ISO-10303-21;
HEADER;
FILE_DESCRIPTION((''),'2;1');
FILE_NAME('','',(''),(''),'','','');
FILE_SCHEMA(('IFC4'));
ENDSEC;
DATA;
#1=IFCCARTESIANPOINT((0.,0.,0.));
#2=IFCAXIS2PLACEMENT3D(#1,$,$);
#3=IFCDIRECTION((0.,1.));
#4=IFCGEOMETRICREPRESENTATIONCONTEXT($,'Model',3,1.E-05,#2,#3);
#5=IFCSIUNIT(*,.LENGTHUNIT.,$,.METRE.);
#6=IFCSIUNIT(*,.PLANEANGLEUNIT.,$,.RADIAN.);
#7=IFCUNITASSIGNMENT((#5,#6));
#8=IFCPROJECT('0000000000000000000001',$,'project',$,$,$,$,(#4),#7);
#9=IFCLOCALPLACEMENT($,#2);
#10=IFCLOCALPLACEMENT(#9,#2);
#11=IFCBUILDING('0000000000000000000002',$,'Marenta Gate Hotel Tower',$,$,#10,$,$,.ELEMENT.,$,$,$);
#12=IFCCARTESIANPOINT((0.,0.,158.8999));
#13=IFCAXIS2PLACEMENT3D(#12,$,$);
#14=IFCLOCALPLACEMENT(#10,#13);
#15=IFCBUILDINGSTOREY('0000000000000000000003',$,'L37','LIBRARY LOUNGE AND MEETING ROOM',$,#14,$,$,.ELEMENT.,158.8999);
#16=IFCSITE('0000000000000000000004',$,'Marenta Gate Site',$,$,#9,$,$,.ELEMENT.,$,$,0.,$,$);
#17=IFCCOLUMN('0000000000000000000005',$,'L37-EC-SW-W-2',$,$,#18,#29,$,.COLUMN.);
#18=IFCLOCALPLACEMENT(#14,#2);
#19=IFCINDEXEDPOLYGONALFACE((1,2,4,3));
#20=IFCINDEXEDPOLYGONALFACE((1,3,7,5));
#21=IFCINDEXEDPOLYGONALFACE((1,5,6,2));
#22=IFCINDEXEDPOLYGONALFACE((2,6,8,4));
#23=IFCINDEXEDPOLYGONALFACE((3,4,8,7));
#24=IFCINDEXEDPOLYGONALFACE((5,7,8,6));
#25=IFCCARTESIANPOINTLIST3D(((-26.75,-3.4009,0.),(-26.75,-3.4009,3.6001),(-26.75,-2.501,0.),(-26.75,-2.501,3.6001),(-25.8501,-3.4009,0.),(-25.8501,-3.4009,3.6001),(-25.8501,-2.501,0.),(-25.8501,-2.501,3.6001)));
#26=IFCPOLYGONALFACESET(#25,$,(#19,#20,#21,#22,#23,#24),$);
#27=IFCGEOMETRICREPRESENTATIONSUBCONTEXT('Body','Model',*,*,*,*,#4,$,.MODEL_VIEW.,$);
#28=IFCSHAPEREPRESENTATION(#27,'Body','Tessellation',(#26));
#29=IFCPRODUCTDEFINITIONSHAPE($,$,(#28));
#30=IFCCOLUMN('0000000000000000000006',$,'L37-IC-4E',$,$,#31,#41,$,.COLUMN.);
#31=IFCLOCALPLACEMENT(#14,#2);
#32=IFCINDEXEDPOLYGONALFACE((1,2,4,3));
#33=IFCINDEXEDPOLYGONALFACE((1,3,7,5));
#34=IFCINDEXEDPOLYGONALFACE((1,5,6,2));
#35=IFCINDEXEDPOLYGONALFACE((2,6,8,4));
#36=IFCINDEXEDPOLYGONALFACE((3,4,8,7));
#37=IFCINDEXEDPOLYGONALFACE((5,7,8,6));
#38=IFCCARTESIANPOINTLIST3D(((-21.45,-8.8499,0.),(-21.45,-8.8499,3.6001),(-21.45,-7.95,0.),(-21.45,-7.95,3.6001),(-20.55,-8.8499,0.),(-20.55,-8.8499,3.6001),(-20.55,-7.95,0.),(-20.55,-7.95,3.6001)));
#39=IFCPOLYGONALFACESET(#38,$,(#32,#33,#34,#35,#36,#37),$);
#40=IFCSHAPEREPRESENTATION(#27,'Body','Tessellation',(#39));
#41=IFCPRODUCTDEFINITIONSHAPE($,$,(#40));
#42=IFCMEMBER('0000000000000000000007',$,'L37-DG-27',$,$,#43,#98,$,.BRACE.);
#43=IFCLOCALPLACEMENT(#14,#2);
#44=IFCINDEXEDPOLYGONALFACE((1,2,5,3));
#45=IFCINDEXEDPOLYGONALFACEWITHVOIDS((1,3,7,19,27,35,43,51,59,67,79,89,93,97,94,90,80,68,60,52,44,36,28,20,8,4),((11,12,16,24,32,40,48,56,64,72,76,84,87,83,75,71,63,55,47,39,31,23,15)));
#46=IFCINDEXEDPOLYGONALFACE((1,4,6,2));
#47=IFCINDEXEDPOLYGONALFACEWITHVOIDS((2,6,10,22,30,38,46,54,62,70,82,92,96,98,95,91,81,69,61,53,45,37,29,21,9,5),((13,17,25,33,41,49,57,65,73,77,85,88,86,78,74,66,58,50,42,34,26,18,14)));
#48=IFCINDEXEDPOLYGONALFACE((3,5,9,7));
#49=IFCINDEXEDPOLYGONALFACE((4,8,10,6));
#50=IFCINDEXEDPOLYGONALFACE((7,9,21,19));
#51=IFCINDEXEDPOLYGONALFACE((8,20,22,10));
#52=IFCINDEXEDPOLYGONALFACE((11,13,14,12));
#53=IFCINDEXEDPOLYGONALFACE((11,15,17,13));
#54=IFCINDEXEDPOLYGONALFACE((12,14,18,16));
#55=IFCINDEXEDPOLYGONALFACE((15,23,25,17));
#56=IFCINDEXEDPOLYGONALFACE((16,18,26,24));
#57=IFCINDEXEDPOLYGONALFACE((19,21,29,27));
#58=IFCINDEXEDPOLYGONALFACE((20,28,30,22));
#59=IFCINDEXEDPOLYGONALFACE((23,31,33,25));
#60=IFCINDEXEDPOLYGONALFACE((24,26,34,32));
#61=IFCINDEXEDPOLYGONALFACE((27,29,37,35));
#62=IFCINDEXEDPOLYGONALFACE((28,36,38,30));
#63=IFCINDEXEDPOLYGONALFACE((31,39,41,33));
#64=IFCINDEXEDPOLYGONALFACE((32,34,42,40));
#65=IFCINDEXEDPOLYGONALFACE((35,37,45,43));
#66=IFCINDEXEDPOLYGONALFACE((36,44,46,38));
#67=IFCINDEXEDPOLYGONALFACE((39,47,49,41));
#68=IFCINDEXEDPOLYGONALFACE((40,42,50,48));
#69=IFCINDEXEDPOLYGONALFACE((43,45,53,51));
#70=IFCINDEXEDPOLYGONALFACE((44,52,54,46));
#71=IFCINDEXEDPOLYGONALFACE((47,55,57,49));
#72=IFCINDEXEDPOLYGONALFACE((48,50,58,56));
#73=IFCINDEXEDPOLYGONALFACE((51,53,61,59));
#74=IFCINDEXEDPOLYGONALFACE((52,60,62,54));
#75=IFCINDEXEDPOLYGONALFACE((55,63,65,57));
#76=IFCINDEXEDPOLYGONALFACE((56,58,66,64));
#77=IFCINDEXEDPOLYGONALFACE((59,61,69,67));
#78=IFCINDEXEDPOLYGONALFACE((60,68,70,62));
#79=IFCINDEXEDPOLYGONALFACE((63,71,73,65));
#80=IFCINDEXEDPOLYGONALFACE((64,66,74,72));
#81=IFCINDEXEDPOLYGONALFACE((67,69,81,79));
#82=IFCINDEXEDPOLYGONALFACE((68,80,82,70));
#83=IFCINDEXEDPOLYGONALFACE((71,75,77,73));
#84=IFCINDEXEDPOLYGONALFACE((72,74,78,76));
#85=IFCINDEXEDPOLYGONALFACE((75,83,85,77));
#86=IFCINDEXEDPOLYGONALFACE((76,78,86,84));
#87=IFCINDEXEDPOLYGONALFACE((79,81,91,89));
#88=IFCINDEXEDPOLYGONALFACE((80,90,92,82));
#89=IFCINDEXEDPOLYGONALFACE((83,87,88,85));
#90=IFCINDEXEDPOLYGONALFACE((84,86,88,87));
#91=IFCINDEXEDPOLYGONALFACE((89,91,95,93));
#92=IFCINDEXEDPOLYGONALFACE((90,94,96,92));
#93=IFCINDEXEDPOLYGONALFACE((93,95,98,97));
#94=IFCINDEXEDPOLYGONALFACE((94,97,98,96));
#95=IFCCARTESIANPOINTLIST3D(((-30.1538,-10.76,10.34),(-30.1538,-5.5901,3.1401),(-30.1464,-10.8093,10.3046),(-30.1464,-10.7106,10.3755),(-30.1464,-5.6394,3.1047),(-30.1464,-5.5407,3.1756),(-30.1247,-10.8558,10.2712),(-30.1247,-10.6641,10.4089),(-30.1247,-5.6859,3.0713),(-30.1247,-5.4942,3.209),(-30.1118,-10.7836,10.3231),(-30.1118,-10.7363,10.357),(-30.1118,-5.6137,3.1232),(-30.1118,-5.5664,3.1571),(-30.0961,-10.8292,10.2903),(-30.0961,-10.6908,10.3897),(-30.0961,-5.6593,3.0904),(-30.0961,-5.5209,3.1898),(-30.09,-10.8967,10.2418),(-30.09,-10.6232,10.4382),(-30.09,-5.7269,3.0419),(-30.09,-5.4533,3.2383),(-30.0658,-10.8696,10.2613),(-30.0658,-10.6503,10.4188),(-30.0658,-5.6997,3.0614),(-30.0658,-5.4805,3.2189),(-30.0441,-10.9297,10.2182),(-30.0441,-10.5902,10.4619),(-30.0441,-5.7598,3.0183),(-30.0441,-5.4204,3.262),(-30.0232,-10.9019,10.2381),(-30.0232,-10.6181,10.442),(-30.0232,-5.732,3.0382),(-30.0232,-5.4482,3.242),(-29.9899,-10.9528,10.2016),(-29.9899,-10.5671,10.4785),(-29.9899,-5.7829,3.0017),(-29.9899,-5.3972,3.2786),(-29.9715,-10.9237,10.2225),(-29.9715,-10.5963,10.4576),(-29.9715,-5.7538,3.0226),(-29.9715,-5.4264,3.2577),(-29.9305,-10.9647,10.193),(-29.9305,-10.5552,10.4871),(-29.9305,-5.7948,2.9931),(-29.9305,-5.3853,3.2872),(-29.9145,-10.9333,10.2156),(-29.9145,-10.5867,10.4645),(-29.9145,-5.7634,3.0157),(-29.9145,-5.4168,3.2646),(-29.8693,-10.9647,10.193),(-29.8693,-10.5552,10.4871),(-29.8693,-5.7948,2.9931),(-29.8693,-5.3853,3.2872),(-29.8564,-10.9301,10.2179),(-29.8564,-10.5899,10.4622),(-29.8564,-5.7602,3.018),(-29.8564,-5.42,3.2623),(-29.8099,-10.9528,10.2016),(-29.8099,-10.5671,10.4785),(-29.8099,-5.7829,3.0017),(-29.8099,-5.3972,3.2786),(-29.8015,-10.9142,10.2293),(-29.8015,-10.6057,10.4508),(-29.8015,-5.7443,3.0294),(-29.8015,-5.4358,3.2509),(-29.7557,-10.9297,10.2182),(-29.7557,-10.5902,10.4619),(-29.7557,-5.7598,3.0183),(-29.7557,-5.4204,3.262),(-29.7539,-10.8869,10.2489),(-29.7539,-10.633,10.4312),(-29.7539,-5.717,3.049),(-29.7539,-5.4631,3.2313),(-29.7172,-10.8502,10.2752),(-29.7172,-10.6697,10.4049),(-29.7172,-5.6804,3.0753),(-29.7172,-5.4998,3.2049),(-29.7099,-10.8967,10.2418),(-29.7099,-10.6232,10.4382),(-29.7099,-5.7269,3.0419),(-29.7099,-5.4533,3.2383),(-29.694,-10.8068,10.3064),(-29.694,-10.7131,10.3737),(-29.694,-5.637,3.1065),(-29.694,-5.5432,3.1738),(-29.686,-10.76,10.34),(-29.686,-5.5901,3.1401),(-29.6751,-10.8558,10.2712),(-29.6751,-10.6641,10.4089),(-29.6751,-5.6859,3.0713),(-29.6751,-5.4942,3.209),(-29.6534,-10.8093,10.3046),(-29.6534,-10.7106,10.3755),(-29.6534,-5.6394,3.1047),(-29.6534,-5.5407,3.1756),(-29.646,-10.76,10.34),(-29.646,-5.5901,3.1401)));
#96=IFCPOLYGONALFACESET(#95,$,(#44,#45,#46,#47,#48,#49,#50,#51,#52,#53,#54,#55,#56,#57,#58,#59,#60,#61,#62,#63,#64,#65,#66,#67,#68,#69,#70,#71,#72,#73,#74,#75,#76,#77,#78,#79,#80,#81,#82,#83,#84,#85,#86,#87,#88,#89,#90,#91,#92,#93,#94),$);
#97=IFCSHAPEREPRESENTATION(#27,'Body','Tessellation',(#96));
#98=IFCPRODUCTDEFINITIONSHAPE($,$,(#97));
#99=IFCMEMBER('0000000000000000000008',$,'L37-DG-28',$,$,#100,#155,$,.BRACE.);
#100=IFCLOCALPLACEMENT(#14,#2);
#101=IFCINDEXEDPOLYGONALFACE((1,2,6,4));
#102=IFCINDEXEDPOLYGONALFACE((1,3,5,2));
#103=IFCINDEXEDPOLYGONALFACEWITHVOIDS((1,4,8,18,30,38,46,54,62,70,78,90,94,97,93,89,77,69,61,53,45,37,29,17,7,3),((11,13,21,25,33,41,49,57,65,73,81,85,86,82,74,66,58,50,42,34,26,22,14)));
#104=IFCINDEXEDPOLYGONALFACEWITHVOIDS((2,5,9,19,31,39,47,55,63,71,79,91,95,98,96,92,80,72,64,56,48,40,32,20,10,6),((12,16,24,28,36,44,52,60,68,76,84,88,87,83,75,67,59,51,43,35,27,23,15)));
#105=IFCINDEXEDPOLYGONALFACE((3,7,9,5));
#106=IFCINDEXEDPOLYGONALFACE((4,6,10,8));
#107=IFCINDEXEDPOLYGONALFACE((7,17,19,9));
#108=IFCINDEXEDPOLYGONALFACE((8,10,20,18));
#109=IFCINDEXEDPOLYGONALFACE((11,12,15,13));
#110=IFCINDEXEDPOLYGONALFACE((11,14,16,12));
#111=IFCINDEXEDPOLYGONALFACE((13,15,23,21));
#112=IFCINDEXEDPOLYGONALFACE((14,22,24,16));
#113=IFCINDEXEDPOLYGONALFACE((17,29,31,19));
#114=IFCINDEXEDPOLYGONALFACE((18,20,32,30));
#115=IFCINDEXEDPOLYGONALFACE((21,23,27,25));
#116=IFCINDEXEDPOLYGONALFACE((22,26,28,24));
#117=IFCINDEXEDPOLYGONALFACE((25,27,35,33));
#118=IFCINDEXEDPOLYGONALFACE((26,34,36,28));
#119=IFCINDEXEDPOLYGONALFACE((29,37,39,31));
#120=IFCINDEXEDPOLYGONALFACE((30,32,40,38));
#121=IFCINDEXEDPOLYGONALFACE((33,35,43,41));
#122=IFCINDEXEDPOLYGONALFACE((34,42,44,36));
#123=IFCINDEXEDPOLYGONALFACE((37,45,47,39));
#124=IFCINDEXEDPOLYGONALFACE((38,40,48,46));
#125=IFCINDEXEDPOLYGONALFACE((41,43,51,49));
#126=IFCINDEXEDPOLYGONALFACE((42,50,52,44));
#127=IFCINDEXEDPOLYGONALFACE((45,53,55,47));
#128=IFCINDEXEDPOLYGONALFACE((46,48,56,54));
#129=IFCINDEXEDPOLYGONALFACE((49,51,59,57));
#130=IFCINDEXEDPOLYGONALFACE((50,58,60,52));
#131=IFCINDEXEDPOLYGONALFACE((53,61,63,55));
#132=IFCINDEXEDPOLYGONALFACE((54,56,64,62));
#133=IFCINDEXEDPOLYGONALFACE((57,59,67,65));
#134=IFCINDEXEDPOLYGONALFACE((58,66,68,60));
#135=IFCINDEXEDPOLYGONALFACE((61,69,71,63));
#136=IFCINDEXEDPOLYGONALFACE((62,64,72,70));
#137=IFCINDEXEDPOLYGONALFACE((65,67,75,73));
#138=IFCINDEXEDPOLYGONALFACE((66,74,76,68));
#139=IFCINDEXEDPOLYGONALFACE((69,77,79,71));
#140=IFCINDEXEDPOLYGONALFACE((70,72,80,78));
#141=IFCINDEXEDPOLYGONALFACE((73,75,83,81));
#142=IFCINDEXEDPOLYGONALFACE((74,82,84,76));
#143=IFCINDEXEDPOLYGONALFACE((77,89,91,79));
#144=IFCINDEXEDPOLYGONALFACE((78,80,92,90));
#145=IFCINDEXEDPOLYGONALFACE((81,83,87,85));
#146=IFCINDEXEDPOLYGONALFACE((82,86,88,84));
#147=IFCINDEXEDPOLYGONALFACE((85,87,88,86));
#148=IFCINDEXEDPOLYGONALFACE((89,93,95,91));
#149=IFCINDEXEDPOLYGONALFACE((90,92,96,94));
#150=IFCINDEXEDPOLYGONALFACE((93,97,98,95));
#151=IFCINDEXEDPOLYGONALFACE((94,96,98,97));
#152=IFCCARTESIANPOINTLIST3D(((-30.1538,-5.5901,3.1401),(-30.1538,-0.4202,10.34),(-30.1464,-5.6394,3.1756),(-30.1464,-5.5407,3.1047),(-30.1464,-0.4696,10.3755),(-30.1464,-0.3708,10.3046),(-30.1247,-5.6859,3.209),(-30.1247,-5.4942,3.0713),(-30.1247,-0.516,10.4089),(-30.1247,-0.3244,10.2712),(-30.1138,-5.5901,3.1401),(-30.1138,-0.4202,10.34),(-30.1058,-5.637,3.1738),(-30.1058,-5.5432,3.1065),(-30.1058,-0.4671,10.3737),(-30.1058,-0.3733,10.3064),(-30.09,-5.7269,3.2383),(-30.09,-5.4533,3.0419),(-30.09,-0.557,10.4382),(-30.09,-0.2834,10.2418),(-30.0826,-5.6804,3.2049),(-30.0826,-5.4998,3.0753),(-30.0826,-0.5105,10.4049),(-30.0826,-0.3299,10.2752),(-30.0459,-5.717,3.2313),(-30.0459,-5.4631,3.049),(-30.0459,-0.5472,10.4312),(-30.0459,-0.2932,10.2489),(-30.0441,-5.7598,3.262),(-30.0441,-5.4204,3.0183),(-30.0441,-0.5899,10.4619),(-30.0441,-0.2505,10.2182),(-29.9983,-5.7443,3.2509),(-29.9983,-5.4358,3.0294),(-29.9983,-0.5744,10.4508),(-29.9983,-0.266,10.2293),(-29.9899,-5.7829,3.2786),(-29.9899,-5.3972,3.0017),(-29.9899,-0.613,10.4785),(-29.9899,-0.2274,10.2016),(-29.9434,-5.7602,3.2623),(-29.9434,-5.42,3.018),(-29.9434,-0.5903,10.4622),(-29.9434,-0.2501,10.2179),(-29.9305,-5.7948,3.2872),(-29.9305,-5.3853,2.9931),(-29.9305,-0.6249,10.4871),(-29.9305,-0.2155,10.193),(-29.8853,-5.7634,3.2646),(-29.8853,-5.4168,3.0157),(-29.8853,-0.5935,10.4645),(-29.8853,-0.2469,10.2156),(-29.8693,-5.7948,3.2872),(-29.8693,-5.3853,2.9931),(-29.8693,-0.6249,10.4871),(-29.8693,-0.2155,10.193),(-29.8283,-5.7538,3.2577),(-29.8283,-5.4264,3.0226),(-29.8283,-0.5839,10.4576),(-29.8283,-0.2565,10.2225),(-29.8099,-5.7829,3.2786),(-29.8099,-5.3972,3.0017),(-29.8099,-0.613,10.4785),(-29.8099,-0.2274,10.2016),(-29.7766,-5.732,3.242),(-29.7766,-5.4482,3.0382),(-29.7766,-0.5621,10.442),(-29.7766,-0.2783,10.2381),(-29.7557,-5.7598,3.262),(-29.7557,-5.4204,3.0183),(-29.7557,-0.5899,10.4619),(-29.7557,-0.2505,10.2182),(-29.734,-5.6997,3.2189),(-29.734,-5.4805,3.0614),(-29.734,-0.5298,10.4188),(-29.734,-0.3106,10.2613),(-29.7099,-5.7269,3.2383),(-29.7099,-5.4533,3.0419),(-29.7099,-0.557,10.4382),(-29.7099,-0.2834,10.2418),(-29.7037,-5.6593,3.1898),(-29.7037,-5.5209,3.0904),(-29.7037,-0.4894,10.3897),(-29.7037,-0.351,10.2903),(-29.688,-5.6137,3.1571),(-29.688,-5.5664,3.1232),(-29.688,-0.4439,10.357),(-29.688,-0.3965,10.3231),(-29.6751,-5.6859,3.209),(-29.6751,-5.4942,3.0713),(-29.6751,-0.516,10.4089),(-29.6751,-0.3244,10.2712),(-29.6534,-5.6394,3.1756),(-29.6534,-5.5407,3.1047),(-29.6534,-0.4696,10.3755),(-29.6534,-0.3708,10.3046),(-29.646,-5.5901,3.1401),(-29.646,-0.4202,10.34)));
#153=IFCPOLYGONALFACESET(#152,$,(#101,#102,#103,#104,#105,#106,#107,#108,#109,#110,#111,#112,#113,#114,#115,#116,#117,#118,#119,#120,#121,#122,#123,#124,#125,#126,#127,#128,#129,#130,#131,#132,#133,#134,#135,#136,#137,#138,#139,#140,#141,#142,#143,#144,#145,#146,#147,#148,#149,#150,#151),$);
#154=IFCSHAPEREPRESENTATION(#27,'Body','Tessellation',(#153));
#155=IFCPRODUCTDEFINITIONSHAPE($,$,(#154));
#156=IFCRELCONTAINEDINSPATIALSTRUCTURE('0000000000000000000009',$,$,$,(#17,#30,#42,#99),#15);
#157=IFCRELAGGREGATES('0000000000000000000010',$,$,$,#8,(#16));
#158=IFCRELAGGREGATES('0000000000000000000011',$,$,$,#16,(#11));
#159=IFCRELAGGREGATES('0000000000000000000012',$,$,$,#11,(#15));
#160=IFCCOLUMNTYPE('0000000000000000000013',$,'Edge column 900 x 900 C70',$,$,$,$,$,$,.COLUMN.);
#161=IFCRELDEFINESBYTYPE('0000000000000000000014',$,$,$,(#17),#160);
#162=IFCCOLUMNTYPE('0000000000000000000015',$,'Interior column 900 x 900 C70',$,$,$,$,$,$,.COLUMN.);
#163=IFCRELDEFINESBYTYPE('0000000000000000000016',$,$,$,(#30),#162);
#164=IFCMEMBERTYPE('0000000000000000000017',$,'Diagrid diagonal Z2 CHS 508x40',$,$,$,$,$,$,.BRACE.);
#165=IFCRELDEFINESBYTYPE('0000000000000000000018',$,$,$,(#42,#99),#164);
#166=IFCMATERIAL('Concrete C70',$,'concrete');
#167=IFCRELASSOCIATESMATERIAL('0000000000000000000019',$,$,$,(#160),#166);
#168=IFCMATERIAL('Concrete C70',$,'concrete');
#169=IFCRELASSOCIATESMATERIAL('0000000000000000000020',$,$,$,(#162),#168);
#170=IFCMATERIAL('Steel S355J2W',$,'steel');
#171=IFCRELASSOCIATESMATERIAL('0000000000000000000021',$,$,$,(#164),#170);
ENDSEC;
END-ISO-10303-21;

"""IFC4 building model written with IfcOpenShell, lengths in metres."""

from ifc_helpers import new_model, si_unit, direction, frame, origin, origin_2d, place, context, subcontext, project, spatial, rectangle, hollow_circle, extrude, material, material_profile, profile_set, type_object, element, save


model = new_model("IFC4")

# Units and contexts
model_context = context("Model", 3, precision=1e-05, world=origin(), true_north=direction((0.0, 1.0)))
body_context = subcontext(model_context, "Body", "Model", "MODEL_VIEW")
ifc_project = project(units=[si_unit("LENGTHUNIT", "METRE"), si_unit("PLANEANGLEUNIT", "RADIAN")], contexts=[model_context])

# Site, building, storey
site_placement = place(None, origin())
site = spatial("IfcSite", under=ifc_project, at=site_placement, Name="Marenta Gate Site", CompositionType="ELEMENT", RefElevation=0.0)
building_placement = place(site_placement, origin())
building = spatial("IfcBuilding", under=site, at=building_placement, Name="Marenta Gate Hotel Tower", CompositionType="ELEMENT")
storey_placement = place(building_placement, frame((0.0, 0.0, 158.8999)))
storey = spatial("IfcBuildingStorey", under=building, at=storey_placement, Name="L37", Description="LIBRARY LOUNGE AND MEETING ROOM", CompositionType="ELEMENT", Elevation=158.8999)

# Columns
ifc_material_1 = material(Name="Concrete C70", Category="concrete")
ifc_material_profile_1 = material_profile(ifc_material_1, rectangle(XDim=0.8999, YDim=0.8999, at=origin_2d()), Name="900 x 900")
ifc_profile_set_1 = profile_set([ifc_material_profile_1], Name="Concrete C70")
column_type_1 = type_object("IfcColumnType", Name="Edge column 900 x 900 C70", PredefinedType="COLUMN", material=ifc_profile_set_1)
column_1_placement = place(storey_placement, frame((-26.3, -2.9509, 0.0), z_axis=(0.0, 0.0, 1.0), x_axis=(1.0, 0.0, 0.0)))
element("IfcColumn", 1, at=column_1_placement, inside=storey, type_object=column_type_1, Name="L37-EC-SW-W-2", PredefinedType="COLUMN", context=body_context, shape_type="SweptSolid", body=[
    extrude(rectangle(XDim=0.8999, YDim=0.8999, at=origin_2d()), origin(), (0.0, 0.0, 1.0), 3.6001),
])
ifc_material_2 = material(Name="Concrete C70", Category="concrete")
ifc_material_profile_2 = material_profile(ifc_material_2, rectangle(XDim=0.8999, YDim=0.8999, at=origin_2d()), Name="900 x 900")
ifc_profile_set_2 = profile_set([ifc_material_profile_2], Name="Concrete C70")
column_type_2 = type_object("IfcColumnType", Name="Interior column 900 x 900 C70", PredefinedType="COLUMN", material=ifc_profile_set_2)
column_2_placement = place(storey_placement, frame((-21.0, -8.3999, 0.0), z_axis=(0.0, 0.0, 1.0), x_axis=(1.0, 0.0, 0.0)))
element("IfcColumn", 2, at=column_2_placement, inside=storey, type_object=column_type_2, Name="L37-IC-4E", PredefinedType="COLUMN", context=body_context, shape_type="SweptSolid", body=[
    extrude(rectangle(XDim=0.8999, YDim=0.8999, at=origin_2d()), origin(), (0.0, 0.0, 1.0), 3.6001),
])

# Members
ifc_material_3 = material(Name="Steel S355J2W", Category="steel")
ifc_material_profile_3 = material_profile(ifc_material_3, hollow_circle(Radius=0.2539, WallThickness=0.04, at=origin_2d()), Name="CHS 508x40")
ifc_profile_set_3 = profile_set([ifc_material_profile_3], Name="Steel S355J2W")
member_type_1 = type_object("IfcMemberType", Name="Diagrid diagonal Z2 CHS 508x40", PredefinedType="BRACE", material=ifc_profile_set_3)
for number, where, z_axis, x_axis, name in (
    (3, (-29.8999, -5.5901, 3.1401), (0.0, -0.583261, 0.812285), (1.0, 0.0, 0.0), "L37-DG-27"),
    (4, (-29.8999, -5.5901, 3.1401), (0.0, 0.583261, 0.812285), (-1.0, 0.0, 0.0), "L37-DG-28"),
):
    element("IfcMember", number, at=place(storey_placement, frame(where, z_axis=z_axis, x_axis=x_axis)), inside=storey, type_object=member_type_1, Name=name, PredefinedType="BRACE", context=body_context, shape_type="SweptSolid", body=[
        extrude(hollow_circle(Radius=0.2539, WallThickness=0.04, at=origin_2d()), origin(), (0.0, 0.0, 1.0), 8.8638),
    ])

save(model, "model.ifc")
